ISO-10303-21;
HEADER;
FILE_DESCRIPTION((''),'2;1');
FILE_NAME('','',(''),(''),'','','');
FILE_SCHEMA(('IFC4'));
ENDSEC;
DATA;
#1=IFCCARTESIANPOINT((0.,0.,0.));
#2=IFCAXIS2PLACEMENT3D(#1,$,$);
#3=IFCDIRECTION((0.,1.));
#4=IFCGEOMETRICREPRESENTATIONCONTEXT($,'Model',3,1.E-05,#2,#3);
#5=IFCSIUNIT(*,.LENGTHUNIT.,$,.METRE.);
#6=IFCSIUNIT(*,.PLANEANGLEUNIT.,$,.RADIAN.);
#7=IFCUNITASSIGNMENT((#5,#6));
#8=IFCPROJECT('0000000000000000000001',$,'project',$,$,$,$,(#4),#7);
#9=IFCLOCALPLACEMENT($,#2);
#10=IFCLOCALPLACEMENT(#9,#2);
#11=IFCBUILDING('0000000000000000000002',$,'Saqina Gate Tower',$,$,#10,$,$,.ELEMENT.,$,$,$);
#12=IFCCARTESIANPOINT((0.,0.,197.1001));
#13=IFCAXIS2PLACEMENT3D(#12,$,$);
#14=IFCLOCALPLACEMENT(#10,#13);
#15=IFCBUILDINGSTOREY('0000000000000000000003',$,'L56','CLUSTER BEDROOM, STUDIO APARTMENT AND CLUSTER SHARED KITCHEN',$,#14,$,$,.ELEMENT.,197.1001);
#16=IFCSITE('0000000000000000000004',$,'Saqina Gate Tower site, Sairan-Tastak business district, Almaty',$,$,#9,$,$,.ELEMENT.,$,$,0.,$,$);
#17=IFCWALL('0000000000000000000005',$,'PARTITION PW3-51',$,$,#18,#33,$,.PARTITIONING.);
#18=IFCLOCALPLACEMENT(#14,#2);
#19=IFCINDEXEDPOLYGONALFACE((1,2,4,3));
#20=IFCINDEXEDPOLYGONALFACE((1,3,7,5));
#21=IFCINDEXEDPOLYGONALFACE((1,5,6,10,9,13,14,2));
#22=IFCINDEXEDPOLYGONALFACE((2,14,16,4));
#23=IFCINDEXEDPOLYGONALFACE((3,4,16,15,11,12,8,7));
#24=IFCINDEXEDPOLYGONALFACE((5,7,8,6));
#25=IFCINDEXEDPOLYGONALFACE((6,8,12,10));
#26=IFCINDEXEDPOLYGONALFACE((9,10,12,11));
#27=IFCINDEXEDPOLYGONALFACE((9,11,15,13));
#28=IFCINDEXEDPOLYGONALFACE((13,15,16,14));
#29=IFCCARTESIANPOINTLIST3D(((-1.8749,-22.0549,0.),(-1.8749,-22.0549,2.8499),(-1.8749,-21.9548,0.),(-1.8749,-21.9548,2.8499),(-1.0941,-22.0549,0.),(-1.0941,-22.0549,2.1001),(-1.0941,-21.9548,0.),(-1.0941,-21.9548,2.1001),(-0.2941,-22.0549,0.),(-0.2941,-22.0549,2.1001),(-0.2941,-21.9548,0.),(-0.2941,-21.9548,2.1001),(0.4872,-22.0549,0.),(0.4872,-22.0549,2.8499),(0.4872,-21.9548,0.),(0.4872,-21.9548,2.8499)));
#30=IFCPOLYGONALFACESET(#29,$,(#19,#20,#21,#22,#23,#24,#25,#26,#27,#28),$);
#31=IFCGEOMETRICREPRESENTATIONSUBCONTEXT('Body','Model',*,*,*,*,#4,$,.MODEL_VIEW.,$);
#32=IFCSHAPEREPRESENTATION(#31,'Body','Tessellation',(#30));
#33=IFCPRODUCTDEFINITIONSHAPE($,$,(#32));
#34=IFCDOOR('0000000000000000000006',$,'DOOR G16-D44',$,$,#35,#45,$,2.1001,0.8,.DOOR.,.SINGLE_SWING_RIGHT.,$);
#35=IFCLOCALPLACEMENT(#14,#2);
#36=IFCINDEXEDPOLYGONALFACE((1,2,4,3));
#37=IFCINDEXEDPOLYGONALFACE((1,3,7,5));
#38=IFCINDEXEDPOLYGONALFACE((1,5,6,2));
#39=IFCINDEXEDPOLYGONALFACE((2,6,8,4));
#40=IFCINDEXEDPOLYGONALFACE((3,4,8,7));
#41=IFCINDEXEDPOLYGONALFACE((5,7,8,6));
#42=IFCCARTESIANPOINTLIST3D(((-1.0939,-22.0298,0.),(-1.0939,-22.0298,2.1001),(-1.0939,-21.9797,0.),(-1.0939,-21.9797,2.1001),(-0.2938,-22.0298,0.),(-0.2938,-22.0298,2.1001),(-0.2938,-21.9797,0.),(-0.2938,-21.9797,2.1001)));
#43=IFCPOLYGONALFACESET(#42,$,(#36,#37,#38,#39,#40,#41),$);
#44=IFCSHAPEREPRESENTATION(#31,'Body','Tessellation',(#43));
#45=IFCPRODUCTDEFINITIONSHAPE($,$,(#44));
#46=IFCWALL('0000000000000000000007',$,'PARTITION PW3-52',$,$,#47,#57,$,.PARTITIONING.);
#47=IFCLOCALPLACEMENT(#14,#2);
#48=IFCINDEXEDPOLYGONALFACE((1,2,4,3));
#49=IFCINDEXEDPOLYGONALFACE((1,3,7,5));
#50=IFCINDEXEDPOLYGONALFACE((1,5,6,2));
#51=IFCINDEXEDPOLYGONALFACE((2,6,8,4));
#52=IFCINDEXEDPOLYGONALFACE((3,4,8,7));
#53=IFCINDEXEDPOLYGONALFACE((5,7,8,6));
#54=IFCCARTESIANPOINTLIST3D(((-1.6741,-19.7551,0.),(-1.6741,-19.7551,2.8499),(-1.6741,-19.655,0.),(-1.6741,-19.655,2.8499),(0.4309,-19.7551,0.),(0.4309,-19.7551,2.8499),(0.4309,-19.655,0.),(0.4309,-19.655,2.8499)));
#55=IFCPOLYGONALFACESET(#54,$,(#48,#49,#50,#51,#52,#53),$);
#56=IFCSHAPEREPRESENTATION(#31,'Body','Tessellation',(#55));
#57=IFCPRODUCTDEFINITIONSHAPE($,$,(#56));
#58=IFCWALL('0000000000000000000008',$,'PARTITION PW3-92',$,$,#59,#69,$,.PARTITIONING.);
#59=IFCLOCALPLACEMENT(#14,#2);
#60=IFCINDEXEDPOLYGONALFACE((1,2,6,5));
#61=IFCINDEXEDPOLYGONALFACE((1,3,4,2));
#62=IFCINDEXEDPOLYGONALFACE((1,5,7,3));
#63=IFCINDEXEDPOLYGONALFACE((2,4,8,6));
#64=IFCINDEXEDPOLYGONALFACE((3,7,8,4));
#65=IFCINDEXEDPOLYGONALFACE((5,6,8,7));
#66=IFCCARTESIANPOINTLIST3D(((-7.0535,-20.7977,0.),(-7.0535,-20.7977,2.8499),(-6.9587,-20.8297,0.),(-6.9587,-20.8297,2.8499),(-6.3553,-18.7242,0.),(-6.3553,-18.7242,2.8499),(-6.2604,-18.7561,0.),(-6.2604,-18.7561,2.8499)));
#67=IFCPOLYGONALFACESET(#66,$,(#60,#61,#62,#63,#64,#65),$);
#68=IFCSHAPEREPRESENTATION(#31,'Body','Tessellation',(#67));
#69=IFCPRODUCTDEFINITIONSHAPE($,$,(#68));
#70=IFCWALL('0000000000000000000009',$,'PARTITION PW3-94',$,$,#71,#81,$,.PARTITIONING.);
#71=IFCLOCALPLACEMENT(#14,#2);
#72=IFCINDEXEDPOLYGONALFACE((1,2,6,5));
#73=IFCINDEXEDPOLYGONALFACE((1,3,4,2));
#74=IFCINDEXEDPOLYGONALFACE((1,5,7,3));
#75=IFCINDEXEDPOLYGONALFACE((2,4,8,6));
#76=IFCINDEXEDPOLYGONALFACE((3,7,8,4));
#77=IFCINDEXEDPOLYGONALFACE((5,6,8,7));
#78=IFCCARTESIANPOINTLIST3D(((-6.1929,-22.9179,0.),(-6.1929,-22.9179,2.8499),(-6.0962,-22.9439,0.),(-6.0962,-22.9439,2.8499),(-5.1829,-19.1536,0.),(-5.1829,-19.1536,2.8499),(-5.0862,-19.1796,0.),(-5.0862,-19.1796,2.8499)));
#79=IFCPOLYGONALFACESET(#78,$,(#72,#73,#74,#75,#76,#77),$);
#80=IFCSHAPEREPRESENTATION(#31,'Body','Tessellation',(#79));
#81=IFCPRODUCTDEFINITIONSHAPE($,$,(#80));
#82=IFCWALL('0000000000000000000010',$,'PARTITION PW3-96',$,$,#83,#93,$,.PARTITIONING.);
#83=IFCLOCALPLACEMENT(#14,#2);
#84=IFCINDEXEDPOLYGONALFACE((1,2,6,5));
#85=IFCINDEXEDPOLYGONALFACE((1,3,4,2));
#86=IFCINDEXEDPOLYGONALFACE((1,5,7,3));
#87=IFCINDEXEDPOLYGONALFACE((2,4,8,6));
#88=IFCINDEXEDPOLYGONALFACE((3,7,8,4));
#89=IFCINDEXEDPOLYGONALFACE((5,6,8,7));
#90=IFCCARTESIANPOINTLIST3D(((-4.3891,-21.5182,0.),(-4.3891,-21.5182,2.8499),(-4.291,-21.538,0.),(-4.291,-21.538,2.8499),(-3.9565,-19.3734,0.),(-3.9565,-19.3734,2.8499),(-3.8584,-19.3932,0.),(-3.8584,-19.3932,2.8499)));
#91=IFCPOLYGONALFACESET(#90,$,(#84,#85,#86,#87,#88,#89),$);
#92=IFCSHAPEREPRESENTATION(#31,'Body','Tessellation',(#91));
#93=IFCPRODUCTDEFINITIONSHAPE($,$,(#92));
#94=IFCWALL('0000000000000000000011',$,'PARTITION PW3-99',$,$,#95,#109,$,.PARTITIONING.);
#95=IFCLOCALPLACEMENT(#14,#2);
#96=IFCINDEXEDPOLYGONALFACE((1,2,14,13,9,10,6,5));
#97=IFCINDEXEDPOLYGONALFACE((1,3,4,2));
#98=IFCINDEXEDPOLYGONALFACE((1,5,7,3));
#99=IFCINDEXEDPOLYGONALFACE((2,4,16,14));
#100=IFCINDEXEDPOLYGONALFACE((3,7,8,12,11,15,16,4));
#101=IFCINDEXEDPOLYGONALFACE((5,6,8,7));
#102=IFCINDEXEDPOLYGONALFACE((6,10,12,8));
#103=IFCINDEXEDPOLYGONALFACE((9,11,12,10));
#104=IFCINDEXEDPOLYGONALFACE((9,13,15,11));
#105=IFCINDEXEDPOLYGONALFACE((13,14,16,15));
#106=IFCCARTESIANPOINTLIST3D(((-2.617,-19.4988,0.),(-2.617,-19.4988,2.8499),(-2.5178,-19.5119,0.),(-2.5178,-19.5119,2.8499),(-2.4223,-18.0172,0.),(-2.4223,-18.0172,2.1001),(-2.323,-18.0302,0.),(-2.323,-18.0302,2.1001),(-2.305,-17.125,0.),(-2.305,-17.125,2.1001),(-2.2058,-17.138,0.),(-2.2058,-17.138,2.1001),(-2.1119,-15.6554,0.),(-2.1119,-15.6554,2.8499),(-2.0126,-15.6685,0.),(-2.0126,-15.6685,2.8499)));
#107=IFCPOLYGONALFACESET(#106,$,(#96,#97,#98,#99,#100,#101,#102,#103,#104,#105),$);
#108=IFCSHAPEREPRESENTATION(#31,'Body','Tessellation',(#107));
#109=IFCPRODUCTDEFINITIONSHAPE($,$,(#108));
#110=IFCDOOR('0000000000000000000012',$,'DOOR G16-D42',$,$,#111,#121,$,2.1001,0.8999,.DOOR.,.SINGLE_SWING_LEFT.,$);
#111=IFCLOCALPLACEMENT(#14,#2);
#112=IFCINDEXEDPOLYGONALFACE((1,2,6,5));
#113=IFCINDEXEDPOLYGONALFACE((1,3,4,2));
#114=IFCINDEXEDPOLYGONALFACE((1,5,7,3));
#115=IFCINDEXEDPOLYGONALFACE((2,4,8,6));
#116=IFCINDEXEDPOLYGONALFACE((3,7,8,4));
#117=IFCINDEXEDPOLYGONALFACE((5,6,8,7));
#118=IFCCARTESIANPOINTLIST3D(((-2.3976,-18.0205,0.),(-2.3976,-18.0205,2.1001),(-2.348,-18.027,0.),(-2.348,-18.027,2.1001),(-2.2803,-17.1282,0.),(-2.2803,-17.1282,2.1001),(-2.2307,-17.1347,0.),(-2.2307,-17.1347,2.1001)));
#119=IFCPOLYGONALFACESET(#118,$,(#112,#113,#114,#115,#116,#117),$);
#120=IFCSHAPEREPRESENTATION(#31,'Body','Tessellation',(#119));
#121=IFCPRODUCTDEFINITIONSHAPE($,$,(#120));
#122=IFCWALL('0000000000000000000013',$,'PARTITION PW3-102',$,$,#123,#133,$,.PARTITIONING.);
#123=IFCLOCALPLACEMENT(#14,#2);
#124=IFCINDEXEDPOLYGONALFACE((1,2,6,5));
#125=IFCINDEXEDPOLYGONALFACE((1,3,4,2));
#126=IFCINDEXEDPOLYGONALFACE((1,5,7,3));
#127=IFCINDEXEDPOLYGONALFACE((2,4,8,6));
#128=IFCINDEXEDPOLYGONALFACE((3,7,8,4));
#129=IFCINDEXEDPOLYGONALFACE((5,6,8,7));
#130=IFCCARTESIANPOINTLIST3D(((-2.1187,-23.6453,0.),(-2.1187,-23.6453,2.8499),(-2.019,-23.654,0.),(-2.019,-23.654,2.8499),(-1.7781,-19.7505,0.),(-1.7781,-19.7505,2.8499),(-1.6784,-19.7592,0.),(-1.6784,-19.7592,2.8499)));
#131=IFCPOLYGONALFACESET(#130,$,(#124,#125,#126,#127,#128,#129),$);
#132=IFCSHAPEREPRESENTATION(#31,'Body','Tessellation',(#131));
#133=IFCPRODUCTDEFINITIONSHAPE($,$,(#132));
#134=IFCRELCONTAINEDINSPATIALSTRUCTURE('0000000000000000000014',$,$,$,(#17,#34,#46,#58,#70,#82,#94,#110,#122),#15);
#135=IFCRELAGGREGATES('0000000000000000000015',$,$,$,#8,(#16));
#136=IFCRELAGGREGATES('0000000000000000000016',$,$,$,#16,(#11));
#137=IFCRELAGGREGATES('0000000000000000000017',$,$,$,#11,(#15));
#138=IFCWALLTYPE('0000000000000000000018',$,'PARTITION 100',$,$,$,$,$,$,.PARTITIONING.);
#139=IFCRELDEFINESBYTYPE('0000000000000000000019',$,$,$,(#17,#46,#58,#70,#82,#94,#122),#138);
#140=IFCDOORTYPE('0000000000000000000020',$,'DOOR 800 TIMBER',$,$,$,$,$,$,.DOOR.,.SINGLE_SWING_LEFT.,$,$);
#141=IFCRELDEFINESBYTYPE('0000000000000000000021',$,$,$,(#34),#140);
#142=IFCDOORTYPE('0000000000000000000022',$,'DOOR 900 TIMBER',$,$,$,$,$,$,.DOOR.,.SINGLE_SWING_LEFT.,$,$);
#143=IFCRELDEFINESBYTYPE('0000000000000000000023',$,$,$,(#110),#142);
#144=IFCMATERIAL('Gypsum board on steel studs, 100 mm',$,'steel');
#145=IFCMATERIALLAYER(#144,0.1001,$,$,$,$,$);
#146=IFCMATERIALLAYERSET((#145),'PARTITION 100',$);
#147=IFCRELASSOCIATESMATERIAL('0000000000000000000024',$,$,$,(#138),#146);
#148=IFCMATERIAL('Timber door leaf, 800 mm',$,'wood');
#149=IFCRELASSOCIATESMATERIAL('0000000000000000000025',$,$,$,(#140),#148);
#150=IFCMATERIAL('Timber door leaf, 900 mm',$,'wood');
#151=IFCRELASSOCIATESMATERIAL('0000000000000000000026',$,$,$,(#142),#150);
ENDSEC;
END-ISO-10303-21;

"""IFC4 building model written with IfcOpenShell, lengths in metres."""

from ifc_helpers import new_model, si_unit, direction, frame, frame_2d, origin, place, context, subcontext, project, spatial, rectangle, extrude, material, layer, layer_set, type_object, element, fill, save


model = new_model("IFC4")

# Units and contexts
model_context = context("Model", 3, precision=1e-05, world=origin(), true_north=direction((0.0, 1.0)))
body_context = subcontext(model_context, "Body", "Model", "MODEL_VIEW")
ifc_project = project(units=[si_unit("LENGTHUNIT", "METRE"), si_unit("PLANEANGLEUNIT", "RADIAN")], contexts=[model_context])

# Site, building, storey
site_placement = place(None, origin())
site = spatial("IfcSite", under=ifc_project, at=site_placement, Name="Saqina Gate Tower site, Sairan-Tastak business district, Almaty", CompositionType="ELEMENT", RefElevation=0.0)
building_placement = place(site_placement, origin())
building = spatial("IfcBuilding", under=site, at=building_placement, Name="Saqina Gate Tower", CompositionType="ELEMENT")
storey_placement = place(building_placement, frame((0.0, 0.0, 197.1001)))
storey = spatial("IfcBuildingStorey", under=building, at=storey_placement, Name="L56", Description="CLUSTER BEDROOM, STUDIO APARTMENT AND CLUSTER SHARED KITCHEN", CompositionType="ELEMENT", Elevation=197.1001)

# Wall, opening, door
ifc_material_1 = material(Name="Gypsum board on steel studs, 100 mm", Category="steel")
ifc_layer_1 = layer(ifc_material_1, 0.1001)
ifc_layer_set_1 = layer_set([ifc_layer_1], Name="PARTITION 100")
wall_type_1 = type_object("IfcWallType", Name="PARTITION 100", PredefinedType="PARTITIONING", material=ifc_layer_set_1)
ifc_material_2 = material(Name="Timber door leaf, 800 mm", Category="wood")
door_type_1 = type_object("IfcDoorType", Name="DOOR 800 TIMBER", OperationType="SINGLE_SWING_LEFT", PredefinedType="DOOR", material=ifc_material_2)
wall_1_placement = place(storey_placement, frame((-1.875, -22.0049, 0.0), z_axis=(0.0, 0.0, 1.0), x_axis=(1.0, 0.0, 0.0)))
wall_1 = element("IfcWall", 1, at=wall_1_placement, inside=storey, type_object=wall_type_1, Name="PARTITION PW3-51", PredefinedType="PARTITIONING", context=body_context, shape_type="SweptSolid", body=[
    extrude(rectangle(XDim=2.3621, YDim=0.1001, at=frame_2d((1.1812, 0.0))), origin(), (0.0, 0.0, 1.0), 2.8499),
])
opening_1_placement = place(wall_1_placement, frame((0.781, 0.0, 0.0)))
opening_1 = element("IfcOpeningElement", 2, at=opening_1_placement, cuts=wall_1, PredefinedType="OPENING", context=body_context, shape_type="SweptSolid", body=[
    extrude(rectangle(XDim=0.8, YDim=2.1001, at=frame_2d((0.3999, 1.05))), frame((0.0, 0.062, 0.0), z_axis=(0.0, -1.0, 0.0), x_axis=(1.0, 0.0, 0.0)), (0.0, 0.0, 1.0), 0.124),
])
door_1_placement = place(opening_1_placement, frame((0.8, 0.0, 0.0), z_axis=(0.0, 0.0, 1.0), x_axis=(-1.0, 0.0, 0.0)))
door_1 = element("IfcDoor", 3, at=door_1_placement, inside=storey, type_object=door_type_1, Name="DOOR G16-D44", OperationType="SINGLE_SWING_RIGHT", OverallHeight=2.1001, OverallWidth=0.8, PredefinedType="DOOR", context=body_context, shape_type="SweptSolid", body=[
    extrude(rectangle(XDim=0.8, YDim=2.1001, at=frame_2d((0.3999, 1.05))), frame((0.0, 0.0249, 0.0), z_axis=(0.0, -1.0, 0.0), x_axis=(1.0, 0.0, 0.0)), (0.0, 0.0, 1.0), 0.05),
])
fill(opening_1, door_1)

# Walls
wall_2_placement = place(storey_placement, frame((-1.6741, -19.7051, 0.0), z_axis=(0.0, 0.0, 1.0), x_axis=(1.0, 0.0, 0.0)))
element("IfcWall", 4, at=wall_2_placement, inside=storey, type_object=wall_type_1, Name="PARTITION PW3-52", PredefinedType="PARTITIONING", context=body_context, shape_type="SweptSolid", body=[
    extrude(rectangle(XDim=2.105, YDim=0.1001, at=frame_2d((1.0525, 0.0))), origin(), (0.0, 0.0, 1.0), 2.8499),
])
wall_3_placement = place(storey_placement, frame((-7.0061, -20.8137, 0.0), z_axis=(0.0, 0.0, 1.0), x_axis=(0.319139, 0.947708, 0.0)))
element("IfcWall", 5, at=wall_3_placement, inside=storey, type_object=wall_type_1, Name="PARTITION PW3-92", PredefinedType="PARTITIONING", context=body_context, shape_type="SweptSolid", body=[
    extrude(rectangle(XDim=2.188, YDim=0.1001, at=frame_2d((1.094, 0.0))), origin(), (0.0, 0.0, 1.0), 2.8499),
])
wall_4_placement = place(storey_placement, frame((-6.1445, -22.9309, 0.0), z_axis=(0.0, 0.0, 1.0), x_axis=(0.25914, 0.96584, 0.0)))
element("IfcWall", 6, at=wall_4_placement, inside=storey, type_object=wall_type_1, Name="PARTITION PW3-94", PredefinedType="PARTITIONING", context=body_context, shape_type="SweptSolid", body=[
    extrude(rectangle(XDim=3.8975, YDim=0.1001, at=frame_2d((1.9487, 0.0))), origin(), (0.0, 0.0, 1.0), 2.8499),
])
wall_5_placement = place(storey_placement, frame((-4.3401, -21.5281, 0.0), z_axis=(0.0, 0.0, 1.0), x_axis=(0.197725, 0.980257, 0.0)))
element("IfcWall", 7, at=wall_5_placement, inside=storey, type_object=wall_type_1, Name="PARTITION PW3-96", PredefinedType="PARTITIONING", context=body_context, shape_type="SweptSolid", body=[
    extrude(rectangle(XDim=2.188, YDim=0.1001, at=frame_2d((1.094, 0.0))), origin(), (0.0, 0.0, 1.0), 2.8499),
])

# Wall, opening, door
wall_6_placement = place(storey_placement, frame((-2.5674, -19.5054, 0.0), z_axis=(0.0, 0.0, 1.0), x_axis=(0.130303, 0.991474, 0.0)))
wall_6 = element("IfcWall", 8, at=wall_6_placement, inside=storey, type_object=wall_type_1, Name="PARTITION PW3-99", PredefinedType="PARTITIONING", context=body_context, shape_type="SweptSolid", body=[
    extrude(rectangle(XDim=3.8765, YDim=0.1001, at=frame_2d((1.9382, 0.0))), origin(), (0.0, 0.0, 1.0), 2.8499),
])
opening_2_placement = place(wall_6_placement, frame((1.4944, 0.0, 0.0)))
opening_2 = element("IfcOpeningElement", 9, at=opening_2_placement, cuts=wall_6, PredefinedType="OPENING", context=body_context, shape_type="SweptSolid", body=[
    extrude(rectangle(XDim=0.8999, YDim=2.1001, at=frame_2d((0.45, 1.05))), frame((0.0, 0.062, 0.0), z_axis=(0.0, -1.0, 0.0), x_axis=(1.0, 0.0, 0.0)), (0.0, 0.0, 1.0), 0.124),
])
ifc_material_3 = material(Name="Timber door leaf, 900 mm", Category="wood")
door_type_2 = type_object("IfcDoorType", Name="DOOR 900 TIMBER", OperationType="SINGLE_SWING_LEFT", PredefinedType="DOOR", material=ifc_material_3)
door_2_placement = place(opening_2_placement, frame((0.8999, 0.0, 0.0), z_axis=(0.0, 0.0, 1.0), x_axis=(-1.0, 0.0, 0.0)))
door_2 = element("IfcDoor", 10, at=door_2_placement, inside=storey, type_object=door_type_2, Name="DOOR G16-D42", OperationType="SINGLE_SWING_LEFT", OverallHeight=2.1001, OverallWidth=0.8999, PredefinedType="DOOR", context=body_context, shape_type="SweptSolid", body=[
    extrude(rectangle(XDim=0.8999, YDim=2.1001, at=frame_2d((0.45, 1.05))), frame((0.0, 0.0249, 0.0), z_axis=(0.0, -1.0, 0.0), x_axis=(1.0, 0.0, 0.0)), (0.0, 0.0, 1.0), 0.05),
])
fill(opening_2, door_2)

# Wall
wall_7_placement = place(storey_placement, frame((-2.0688, -23.6497, 0.0), z_axis=(0.0, 0.0, 1.0), x_axis=(0.087112, 0.996199, 0.0)))
element("IfcWall", 11, at=wall_7_placement, inside=storey, type_object=wall_type_1, Name="PARTITION PW3-102", PredefinedType="PARTITIONING", context=body_context, shape_type="SweptSolid", body=[
    extrude(rectangle(XDim=3.9097, YDim=0.1001, at=frame_2d((1.9548, 0.0))), origin(), (0.0, 0.0, 1.0), 2.8499),
])

save(model, "model.ifc")
